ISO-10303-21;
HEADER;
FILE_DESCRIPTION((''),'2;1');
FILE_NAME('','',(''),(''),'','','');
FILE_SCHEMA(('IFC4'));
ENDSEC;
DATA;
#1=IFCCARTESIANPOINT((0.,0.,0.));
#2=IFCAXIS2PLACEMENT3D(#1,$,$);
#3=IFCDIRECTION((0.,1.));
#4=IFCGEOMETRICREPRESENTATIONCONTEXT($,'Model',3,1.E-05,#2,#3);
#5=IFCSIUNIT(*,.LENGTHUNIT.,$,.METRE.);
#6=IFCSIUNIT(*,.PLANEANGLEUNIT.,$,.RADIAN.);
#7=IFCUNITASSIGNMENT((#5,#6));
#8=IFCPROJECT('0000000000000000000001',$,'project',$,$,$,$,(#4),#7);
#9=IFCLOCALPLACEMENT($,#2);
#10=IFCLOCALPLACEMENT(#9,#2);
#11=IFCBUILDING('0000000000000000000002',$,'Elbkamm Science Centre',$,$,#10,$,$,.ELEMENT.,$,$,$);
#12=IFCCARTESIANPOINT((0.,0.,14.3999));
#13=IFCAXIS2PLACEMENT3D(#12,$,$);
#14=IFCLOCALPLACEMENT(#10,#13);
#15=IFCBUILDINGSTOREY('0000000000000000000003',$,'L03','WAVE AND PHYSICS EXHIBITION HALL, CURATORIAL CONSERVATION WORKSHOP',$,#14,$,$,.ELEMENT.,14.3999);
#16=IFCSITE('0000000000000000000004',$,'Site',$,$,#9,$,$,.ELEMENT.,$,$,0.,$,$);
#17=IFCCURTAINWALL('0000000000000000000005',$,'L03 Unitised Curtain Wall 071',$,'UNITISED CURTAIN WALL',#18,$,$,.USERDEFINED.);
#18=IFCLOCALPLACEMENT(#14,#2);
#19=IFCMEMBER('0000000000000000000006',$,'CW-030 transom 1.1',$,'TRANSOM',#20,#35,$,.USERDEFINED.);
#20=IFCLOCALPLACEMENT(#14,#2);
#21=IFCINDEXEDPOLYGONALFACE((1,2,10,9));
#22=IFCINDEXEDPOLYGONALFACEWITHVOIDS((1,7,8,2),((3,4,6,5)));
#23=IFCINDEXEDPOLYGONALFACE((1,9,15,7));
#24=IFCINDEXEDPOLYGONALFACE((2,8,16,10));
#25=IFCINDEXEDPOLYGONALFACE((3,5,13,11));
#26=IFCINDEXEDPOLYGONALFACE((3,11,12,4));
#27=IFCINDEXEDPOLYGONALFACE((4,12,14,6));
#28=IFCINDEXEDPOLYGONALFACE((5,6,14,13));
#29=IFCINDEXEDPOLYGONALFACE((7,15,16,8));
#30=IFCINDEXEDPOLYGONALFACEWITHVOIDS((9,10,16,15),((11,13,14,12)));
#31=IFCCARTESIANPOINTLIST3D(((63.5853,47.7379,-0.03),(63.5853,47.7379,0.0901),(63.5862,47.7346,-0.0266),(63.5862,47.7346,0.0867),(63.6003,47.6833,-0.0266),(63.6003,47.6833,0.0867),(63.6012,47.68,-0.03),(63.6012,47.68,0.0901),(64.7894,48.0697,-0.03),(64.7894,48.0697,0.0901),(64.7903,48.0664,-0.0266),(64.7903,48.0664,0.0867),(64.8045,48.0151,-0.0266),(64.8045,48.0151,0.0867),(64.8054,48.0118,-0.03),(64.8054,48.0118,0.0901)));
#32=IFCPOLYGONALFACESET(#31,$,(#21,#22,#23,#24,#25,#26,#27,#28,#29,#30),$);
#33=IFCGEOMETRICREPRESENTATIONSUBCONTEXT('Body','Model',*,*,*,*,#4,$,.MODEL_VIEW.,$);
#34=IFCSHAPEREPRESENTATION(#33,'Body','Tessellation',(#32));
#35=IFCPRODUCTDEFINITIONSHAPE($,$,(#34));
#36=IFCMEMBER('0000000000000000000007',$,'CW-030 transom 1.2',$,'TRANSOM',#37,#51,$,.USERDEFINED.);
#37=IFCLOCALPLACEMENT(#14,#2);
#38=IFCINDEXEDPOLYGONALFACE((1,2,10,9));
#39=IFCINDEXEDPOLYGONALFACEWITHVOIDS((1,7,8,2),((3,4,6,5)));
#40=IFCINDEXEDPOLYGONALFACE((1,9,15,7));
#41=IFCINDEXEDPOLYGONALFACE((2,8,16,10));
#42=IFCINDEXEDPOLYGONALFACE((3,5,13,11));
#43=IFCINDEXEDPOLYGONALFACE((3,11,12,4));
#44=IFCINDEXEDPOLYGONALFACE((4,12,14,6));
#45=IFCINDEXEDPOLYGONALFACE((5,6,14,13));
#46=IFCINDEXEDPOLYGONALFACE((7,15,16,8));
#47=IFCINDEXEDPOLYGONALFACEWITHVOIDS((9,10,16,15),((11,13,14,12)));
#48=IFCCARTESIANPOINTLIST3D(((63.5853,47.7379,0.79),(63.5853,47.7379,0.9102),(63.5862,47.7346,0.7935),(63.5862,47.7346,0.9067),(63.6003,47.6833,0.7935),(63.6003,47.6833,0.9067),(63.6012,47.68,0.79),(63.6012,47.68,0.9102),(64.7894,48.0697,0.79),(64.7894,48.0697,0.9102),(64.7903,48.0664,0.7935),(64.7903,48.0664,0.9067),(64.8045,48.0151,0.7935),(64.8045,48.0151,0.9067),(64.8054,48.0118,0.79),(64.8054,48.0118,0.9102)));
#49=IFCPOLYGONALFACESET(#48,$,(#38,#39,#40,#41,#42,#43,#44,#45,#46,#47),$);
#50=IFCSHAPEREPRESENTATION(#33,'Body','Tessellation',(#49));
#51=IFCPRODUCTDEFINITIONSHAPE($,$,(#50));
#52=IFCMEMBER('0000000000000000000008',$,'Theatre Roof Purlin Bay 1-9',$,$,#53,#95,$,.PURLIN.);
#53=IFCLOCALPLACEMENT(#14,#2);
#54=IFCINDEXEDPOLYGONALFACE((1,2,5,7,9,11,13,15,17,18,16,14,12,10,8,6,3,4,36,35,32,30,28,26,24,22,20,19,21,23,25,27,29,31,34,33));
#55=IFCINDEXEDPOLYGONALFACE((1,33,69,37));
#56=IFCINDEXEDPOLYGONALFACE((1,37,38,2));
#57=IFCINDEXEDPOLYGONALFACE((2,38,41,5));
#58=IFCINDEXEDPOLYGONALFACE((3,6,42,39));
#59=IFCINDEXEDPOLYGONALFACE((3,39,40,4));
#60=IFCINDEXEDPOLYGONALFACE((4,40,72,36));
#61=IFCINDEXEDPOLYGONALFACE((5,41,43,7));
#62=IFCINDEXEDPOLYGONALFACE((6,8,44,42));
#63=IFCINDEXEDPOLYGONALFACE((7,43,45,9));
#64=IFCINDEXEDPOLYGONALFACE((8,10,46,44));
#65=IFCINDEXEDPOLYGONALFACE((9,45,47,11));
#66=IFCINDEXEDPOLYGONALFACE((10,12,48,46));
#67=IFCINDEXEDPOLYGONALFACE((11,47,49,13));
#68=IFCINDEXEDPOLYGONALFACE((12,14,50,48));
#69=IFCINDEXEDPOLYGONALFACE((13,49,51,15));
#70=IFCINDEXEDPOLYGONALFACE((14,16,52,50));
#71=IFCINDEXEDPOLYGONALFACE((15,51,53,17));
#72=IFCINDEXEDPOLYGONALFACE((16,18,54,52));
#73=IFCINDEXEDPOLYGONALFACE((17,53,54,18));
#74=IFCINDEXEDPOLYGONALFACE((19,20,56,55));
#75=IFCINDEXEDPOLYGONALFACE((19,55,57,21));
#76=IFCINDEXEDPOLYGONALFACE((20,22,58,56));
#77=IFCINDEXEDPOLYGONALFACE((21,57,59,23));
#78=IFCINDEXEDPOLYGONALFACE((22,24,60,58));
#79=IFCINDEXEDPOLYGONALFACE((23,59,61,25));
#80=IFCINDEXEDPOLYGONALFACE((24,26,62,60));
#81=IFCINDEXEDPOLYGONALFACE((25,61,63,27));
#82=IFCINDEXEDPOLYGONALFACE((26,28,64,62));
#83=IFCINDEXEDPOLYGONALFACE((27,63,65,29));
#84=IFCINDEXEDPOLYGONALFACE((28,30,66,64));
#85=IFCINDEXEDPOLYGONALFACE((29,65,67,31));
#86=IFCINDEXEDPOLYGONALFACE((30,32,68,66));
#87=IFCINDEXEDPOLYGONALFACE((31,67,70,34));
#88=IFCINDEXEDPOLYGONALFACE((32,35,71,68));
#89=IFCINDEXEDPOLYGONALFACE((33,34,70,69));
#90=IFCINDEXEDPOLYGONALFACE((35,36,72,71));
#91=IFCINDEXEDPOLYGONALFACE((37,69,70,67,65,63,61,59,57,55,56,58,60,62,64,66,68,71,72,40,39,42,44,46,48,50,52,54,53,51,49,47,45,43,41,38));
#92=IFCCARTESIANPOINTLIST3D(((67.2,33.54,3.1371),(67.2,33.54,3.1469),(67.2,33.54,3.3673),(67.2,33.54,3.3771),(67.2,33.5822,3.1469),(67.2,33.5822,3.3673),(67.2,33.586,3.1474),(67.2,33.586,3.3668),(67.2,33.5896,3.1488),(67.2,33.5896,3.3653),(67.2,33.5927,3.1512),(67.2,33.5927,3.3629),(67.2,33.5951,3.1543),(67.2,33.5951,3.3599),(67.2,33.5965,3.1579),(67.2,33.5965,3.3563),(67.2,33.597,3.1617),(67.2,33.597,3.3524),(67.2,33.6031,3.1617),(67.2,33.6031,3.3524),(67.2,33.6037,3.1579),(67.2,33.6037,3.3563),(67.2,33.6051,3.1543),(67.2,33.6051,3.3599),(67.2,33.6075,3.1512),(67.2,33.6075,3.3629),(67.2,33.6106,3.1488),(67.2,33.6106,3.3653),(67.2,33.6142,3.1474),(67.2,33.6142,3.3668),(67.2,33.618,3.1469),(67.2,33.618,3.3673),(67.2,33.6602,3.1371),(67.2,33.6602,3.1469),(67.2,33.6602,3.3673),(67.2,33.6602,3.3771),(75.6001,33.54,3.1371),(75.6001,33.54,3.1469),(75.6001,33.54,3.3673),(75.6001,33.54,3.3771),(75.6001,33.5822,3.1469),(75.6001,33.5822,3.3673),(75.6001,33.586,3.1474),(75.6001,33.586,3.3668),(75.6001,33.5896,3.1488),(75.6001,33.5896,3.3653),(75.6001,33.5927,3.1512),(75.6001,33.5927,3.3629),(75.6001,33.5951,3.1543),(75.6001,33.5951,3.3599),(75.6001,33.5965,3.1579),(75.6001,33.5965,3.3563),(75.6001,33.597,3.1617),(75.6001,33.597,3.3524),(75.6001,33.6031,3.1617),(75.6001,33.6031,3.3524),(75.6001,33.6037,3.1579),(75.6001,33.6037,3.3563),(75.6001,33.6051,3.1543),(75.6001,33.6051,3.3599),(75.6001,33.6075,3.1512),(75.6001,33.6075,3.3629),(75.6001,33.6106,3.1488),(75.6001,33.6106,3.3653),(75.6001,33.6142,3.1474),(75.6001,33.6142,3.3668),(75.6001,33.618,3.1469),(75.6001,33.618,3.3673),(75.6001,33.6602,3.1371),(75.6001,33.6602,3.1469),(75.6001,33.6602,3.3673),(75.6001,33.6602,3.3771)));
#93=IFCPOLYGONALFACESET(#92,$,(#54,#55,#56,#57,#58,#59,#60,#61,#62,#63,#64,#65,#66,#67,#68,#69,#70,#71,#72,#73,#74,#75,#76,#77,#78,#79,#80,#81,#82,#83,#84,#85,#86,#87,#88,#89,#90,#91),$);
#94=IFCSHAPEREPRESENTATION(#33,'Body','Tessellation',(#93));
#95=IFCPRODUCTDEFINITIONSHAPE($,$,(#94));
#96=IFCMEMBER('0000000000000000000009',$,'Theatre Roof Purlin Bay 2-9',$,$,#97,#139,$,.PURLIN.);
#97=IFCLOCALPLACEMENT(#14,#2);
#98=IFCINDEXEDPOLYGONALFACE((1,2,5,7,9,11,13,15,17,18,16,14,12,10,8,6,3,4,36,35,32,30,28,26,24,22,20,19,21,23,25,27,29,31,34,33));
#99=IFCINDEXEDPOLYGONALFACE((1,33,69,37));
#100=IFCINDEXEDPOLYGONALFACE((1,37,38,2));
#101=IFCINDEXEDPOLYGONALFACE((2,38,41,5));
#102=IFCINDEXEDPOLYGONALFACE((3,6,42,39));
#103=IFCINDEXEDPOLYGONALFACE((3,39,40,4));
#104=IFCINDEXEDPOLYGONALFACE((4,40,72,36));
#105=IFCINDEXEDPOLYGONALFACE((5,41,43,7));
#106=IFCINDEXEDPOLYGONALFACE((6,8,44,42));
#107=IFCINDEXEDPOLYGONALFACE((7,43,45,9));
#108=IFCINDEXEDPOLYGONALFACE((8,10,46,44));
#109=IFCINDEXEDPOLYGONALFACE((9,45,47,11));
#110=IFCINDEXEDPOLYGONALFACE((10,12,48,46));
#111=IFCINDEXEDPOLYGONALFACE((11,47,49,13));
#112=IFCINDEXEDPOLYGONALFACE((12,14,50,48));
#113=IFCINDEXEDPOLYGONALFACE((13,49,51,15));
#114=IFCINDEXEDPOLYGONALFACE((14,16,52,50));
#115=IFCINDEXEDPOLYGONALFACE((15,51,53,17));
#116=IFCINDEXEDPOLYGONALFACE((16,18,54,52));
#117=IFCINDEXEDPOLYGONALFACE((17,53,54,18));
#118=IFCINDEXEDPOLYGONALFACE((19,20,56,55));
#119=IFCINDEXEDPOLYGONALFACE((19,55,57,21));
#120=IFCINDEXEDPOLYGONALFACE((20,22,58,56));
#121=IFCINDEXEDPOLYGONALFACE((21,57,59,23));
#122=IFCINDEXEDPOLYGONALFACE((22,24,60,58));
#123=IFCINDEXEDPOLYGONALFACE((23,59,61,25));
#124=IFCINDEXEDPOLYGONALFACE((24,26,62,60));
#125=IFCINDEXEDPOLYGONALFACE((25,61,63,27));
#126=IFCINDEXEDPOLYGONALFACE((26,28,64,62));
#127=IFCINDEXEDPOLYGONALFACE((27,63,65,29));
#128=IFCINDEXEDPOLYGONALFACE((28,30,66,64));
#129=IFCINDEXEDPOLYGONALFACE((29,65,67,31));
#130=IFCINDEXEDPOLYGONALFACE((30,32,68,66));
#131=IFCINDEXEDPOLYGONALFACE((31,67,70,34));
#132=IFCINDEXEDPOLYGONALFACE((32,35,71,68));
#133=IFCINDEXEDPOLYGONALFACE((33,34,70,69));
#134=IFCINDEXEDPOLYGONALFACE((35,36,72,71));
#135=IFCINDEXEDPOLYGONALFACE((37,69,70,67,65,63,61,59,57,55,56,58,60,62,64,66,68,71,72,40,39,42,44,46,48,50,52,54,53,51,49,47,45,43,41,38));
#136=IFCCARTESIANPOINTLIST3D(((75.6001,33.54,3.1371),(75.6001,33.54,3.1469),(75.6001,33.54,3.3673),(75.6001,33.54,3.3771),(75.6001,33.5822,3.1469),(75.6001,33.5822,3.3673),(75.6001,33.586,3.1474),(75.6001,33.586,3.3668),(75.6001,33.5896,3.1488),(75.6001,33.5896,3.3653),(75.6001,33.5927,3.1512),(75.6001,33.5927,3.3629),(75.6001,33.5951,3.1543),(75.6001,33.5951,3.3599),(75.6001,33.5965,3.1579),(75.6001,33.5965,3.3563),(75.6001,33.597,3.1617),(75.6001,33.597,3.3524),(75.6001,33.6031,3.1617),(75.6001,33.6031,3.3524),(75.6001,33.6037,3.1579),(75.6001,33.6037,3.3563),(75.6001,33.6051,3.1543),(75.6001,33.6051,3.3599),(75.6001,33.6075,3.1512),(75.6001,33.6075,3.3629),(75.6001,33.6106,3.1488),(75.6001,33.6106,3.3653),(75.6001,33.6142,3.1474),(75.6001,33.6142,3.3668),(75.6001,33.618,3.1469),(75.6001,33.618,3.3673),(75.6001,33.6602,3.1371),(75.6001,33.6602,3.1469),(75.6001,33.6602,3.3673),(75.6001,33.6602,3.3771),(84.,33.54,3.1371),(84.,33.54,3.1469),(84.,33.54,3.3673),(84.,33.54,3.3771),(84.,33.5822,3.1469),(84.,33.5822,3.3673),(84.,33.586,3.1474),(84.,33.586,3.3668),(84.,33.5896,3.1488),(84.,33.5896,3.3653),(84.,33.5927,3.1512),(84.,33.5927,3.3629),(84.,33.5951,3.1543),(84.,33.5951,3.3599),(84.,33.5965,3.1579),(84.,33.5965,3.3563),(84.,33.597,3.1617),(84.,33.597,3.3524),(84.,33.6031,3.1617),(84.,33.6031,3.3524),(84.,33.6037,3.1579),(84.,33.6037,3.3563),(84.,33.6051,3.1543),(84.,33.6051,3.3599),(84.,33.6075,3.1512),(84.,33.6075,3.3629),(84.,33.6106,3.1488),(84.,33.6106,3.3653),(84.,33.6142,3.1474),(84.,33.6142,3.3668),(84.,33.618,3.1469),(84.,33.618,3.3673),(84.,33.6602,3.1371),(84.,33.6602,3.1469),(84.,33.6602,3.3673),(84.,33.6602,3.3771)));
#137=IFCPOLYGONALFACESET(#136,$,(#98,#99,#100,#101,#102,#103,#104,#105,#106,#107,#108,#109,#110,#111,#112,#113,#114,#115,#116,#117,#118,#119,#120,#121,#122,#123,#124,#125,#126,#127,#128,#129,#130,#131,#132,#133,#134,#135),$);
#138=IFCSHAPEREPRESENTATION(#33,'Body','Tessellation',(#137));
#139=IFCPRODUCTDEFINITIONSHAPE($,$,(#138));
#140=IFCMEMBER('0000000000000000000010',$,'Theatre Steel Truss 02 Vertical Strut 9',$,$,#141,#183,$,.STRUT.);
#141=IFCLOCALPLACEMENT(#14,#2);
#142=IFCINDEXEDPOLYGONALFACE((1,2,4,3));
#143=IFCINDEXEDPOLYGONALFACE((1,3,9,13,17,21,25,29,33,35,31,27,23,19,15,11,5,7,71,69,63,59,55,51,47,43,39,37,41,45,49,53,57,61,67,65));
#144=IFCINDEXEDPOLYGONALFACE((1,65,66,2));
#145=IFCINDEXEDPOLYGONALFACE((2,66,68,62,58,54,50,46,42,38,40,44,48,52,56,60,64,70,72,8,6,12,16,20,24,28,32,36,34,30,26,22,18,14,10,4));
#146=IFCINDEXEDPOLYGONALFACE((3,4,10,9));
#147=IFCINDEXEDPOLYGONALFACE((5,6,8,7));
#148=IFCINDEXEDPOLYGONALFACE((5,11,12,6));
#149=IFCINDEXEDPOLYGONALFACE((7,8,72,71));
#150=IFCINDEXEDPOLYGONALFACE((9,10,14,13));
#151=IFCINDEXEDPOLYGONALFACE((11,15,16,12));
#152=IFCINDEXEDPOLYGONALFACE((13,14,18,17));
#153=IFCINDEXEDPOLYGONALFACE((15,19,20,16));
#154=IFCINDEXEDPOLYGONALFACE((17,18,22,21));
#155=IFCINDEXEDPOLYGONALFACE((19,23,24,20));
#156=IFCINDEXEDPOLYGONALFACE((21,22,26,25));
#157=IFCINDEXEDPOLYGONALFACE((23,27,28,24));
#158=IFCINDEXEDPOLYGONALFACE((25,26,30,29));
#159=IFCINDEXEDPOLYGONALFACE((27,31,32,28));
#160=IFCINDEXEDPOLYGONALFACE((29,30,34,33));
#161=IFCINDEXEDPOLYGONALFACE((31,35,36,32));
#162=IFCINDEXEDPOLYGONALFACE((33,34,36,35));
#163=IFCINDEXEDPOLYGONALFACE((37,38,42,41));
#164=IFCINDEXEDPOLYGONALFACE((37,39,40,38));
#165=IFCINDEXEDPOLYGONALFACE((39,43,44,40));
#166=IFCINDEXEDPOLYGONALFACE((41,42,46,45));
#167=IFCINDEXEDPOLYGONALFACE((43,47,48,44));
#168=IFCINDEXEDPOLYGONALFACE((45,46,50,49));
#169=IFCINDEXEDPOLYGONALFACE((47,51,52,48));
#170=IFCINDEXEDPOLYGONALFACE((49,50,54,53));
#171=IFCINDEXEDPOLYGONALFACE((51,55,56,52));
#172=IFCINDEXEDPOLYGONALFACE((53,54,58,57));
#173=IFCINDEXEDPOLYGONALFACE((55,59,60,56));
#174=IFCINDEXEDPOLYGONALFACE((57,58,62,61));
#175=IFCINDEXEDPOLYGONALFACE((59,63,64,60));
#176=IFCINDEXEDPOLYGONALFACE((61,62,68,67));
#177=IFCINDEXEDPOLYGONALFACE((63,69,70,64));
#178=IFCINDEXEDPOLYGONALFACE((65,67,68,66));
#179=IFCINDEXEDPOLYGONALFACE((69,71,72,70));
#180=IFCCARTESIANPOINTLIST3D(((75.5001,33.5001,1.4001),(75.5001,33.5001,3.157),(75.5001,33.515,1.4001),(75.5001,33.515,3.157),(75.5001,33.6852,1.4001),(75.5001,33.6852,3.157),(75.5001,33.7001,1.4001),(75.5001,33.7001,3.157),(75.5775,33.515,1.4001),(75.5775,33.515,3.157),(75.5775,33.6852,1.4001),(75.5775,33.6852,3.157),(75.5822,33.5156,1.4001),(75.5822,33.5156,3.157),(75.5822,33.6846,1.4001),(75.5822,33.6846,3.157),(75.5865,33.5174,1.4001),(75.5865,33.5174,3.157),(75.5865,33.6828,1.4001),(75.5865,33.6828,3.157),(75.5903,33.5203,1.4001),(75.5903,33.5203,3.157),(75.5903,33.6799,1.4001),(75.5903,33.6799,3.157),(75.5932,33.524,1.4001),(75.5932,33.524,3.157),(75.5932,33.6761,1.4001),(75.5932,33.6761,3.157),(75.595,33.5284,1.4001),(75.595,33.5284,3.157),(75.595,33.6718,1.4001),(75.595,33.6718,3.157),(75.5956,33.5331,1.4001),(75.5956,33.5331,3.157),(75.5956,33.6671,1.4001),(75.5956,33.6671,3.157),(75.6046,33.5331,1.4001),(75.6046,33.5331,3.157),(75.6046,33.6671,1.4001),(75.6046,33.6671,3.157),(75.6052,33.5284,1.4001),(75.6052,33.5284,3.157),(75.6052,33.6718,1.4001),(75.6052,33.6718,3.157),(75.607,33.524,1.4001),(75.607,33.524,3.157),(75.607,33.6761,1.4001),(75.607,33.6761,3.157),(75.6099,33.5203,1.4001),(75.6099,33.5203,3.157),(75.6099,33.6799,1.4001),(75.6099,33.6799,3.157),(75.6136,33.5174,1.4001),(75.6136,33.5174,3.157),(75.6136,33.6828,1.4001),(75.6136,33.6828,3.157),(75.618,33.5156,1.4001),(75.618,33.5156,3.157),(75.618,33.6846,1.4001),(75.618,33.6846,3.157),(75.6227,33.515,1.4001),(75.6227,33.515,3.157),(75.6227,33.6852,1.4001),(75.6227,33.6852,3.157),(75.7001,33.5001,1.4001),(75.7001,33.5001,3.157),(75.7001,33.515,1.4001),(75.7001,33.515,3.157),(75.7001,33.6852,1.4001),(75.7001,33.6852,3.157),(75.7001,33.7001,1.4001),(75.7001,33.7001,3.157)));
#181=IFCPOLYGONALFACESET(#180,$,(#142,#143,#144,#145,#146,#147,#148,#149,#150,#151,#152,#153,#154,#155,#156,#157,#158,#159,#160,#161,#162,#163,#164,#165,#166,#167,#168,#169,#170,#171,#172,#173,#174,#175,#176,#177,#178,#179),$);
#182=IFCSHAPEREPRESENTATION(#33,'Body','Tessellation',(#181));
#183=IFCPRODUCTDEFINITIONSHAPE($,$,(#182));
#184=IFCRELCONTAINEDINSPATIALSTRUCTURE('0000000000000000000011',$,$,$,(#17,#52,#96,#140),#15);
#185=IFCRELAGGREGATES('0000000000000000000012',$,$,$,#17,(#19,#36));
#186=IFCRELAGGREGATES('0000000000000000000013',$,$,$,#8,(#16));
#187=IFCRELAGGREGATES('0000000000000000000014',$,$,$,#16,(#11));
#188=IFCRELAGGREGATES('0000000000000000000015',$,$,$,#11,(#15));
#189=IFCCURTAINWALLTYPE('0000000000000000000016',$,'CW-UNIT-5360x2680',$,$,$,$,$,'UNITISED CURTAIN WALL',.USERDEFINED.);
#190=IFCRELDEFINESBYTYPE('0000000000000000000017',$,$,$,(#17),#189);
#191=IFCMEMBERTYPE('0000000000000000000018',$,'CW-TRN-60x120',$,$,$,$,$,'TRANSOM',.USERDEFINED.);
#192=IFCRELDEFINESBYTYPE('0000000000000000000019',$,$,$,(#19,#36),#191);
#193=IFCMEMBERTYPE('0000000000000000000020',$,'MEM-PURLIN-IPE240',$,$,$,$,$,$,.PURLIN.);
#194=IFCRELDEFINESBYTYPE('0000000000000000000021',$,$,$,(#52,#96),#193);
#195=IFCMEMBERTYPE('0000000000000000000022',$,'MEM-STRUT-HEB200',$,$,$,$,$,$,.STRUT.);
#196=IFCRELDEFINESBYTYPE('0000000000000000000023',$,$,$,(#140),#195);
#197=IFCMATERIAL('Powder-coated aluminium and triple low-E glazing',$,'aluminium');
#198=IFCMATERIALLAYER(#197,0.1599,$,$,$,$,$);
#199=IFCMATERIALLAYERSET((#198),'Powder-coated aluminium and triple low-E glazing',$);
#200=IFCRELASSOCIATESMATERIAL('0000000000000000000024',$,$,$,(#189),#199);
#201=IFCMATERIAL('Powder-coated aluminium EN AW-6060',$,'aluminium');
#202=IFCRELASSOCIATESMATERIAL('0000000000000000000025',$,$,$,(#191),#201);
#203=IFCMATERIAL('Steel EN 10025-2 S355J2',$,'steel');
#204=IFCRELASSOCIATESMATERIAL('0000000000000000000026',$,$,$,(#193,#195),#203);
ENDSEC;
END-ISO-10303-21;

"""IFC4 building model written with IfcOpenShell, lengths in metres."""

from ifc_helpers import new_model, si_unit, direction, frame, origin, origin_2d, place, context, subcontext, project, spatial, hollow_rectangle, i_section, extrude, material, layer, layer_set, material_profile, profile_set, type_object, element, aggregate, save


model = new_model("IFC4")

# Units and contexts
model_context = context("Model", 3, precision=1e-05, world=origin(), true_north=direction((0.0, 1.0)))
body_context = subcontext(model_context, "Body", "Model", "MODEL_VIEW")
ifc_project = project(units=[si_unit("LENGTHUNIT", "METRE"), si_unit("PLANEANGLEUNIT", "RADIAN")], contexts=[model_context])

# Site, building, storey
site_placement = place(None, origin())
site = spatial("IfcSite", under=ifc_project, at=site_placement, Name="Site", CompositionType="ELEMENT", RefElevation=0.0)
building_placement = place(site_placement, origin())
building = spatial("IfcBuilding", under=site, at=building_placement, Name="Elbkamm Science Centre", CompositionType="ELEMENT")
storey_placement = place(building_placement, frame((0.0, 0.0, 14.3999)))
storey = spatial("IfcBuildingStorey", under=building, at=storey_placement, Name="L03", Description="WAVE AND PHYSICS EXHIBITION HALL, CURATORIAL CONSERVATION WORKSHOP", CompositionType="ELEMENT", Elevation=14.3999)

# Shared definitions
ifc_material_1 = material(Name="Steel EN 10025-2 S355J2", Category="steel")

# Shared definitions
ifc_material_2 = material(Name="Powder-coated aluminium and triple low-E glazing", Category="aluminium")
ifc_material_3 = material(Name="Powder-coated aluminium EN AW-6060", Category="aluminium")

# Curtain wall, members
ifc_layer_1 = layer(ifc_material_2, 0.1599)
ifc_layer_set_1 = layer_set([ifc_layer_1], Name="Powder-coated aluminium and triple low-E glazing")
curtain_wall_type_1 = type_object("IfcCurtainWallType", Name="CW-UNIT-5360x2680", ElementType="UNITISED CURTAIN WALL", PredefinedType="USERDEFINED", material=ifc_layer_set_1)
curtain_wall_1_placement = place(storey_placement, origin())
curtain_wall_1 = element("IfcCurtainWall", 1, at=curtain_wall_1_placement, inside=storey, type_object=curtain_wall_type_1, Name="L03 Unitised Curtain Wall 071", ObjectType="UNITISED CURTAIN WALL", PredefinedType="USERDEFINED")
ifc_material_profile_1 = material_profile(ifc_material_3, hollow_rectangle(XDim=0.0601, YDim=0.1201, WallThickness=0.0034, at=origin_2d()), Name="ALU T60x120")
ifc_profile_set_1 = profile_set([ifc_material_profile_1], Name="Powder-coated aluminium EN AW-6060")
member_type_1 = type_object("IfcMemberType", Name="CW-TRN-60x120", ElementType="TRANSOM", PredefinedType="USERDEFINED", material=ifc_profile_set_1)
member_1_placement = place(storey_placement, frame((63.5933, 47.709, 0.03), z_axis=(0.96407, 0.265647, 0.0), x_axis=(-0.265647, 0.96407, 0.0)))
member_1 = element("IfcMember", 2, at=member_1_placement, type_object=member_type_1, Name="CW-030 transom 1.1", ObjectType="TRANSOM", PredefinedType="USERDEFINED", context=body_context, shape_type="SweptSolid", body=[
    extrude(hollow_rectangle(XDim=0.0601, YDim=0.1201, WallThickness=0.0034, at=origin_2d()), origin(), (0.0, 0.0, 1.0), 1.249),
])
member_2_placement = place(storey_placement, frame((63.5933, 47.709, 0.8501), z_axis=(0.96407, 0.265647, 0.0), x_axis=(-0.265647, 0.96407, 0.0)))
member_2 = element("IfcMember", 3, at=member_2_placement, type_object=member_type_1, Name="CW-030 transom 1.2", ObjectType="TRANSOM", PredefinedType="USERDEFINED", context=body_context, shape_type="SweptSolid", body=[
    extrude(hollow_rectangle(XDim=0.0601, YDim=0.1201, WallThickness=0.0034, at=origin_2d()), origin(), (0.0, 0.0, 1.0), 1.249),
])
aggregate(curtain_wall_1, [member_1, member_2])

# Members
ifc_material_profile_2 = material_profile(ifc_material_1, i_section(OverallWidth=0.1201, OverallDepth=0.24, WebThickness=0.0061, FlangeThickness=0.0098, FilletRadius=0.0149, at=origin_2d()), Name="IPE 240")
ifc_profile_set_2 = profile_set([ifc_material_profile_2], Name="Steel EN 10025-2 S355J2")
member_type_2 = type_object("IfcMemberType", Name="MEM-PURLIN-IPE240", PredefinedType="PURLIN", material=ifc_profile_set_2)
member_3_placement = place(storey_placement, frame((67.2, 33.6001, 3.2571), z_axis=(1.0, 0.0, 0.0), x_axis=(0.0, 1.0, 0.0)))
element("IfcMember", 4, at=member_3_placement, inside=storey, type_object=member_type_2, Name="Theatre Roof Purlin Bay 1-9", PredefinedType="PURLIN", context=body_context, shape_type="SweptSolid", body=[
    extrude(i_section(OverallWidth=0.1201, OverallDepth=0.24, WebThickness=0.0061, FlangeThickness=0.0098, FilletRadius=0.0149, at=origin_2d()), origin(), (0.0, 0.0, 1.0), 8.4001),
])
member_4_placement = place(storey_placement, frame((75.6001, 33.6001, 3.2571), z_axis=(1.0, 0.0, 0.0), x_axis=(0.0, 1.0, 0.0)))
element("IfcMember", 5, at=member_4_placement, inside=storey, type_object=member_type_2, Name="Theatre Roof Purlin Bay 2-9", PredefinedType="PURLIN", context=body_context, shape_type="SweptSolid", body=[
    extrude(i_section(OverallWidth=0.1201, OverallDepth=0.24, WebThickness=0.0061, FlangeThickness=0.0098, FilletRadius=0.0149, at=origin_2d()), origin(), (0.0, 0.0, 1.0), 8.3999),
])
ifc_material_profile_3 = material_profile(ifc_material_1, i_section(OverallWidth=0.2, OverallDepth=0.2, WebThickness=0.009, FlangeThickness=0.0149, FilletRadius=0.0181, at=origin_2d()), Name="HEB 200")
ifc_profile_set_3 = profile_set([ifc_material_profile_3], Name="Steel EN 10025-2 S355J2")
member_type_3 = type_object("IfcMemberType", Name="MEM-STRUT-HEB200", PredefinedType="STRUT", material=ifc_profile_set_3)
member_5_placement = place(storey_placement, frame((75.6001, 33.6001, 1.4001), z_axis=(0.0, 0.0, 1.0), x_axis=(1.0, 0.0, 0.0)))
element("IfcMember", 6, at=member_5_placement, inside=storey, type_object=member_type_3, Name="Theatre Steel Truss 02 Vertical Strut 9", PredefinedType="STRUT", context=body_context, shape_type="SweptSolid", body=[
    extrude(i_section(OverallWidth=0.2, OverallDepth=0.2, WebThickness=0.009, FlangeThickness=0.0149, FilletRadius=0.0181, at=origin_2d()), origin(), (0.0, 0.0, 1.0), 1.7568),
])

save(model, "model.ifc")
